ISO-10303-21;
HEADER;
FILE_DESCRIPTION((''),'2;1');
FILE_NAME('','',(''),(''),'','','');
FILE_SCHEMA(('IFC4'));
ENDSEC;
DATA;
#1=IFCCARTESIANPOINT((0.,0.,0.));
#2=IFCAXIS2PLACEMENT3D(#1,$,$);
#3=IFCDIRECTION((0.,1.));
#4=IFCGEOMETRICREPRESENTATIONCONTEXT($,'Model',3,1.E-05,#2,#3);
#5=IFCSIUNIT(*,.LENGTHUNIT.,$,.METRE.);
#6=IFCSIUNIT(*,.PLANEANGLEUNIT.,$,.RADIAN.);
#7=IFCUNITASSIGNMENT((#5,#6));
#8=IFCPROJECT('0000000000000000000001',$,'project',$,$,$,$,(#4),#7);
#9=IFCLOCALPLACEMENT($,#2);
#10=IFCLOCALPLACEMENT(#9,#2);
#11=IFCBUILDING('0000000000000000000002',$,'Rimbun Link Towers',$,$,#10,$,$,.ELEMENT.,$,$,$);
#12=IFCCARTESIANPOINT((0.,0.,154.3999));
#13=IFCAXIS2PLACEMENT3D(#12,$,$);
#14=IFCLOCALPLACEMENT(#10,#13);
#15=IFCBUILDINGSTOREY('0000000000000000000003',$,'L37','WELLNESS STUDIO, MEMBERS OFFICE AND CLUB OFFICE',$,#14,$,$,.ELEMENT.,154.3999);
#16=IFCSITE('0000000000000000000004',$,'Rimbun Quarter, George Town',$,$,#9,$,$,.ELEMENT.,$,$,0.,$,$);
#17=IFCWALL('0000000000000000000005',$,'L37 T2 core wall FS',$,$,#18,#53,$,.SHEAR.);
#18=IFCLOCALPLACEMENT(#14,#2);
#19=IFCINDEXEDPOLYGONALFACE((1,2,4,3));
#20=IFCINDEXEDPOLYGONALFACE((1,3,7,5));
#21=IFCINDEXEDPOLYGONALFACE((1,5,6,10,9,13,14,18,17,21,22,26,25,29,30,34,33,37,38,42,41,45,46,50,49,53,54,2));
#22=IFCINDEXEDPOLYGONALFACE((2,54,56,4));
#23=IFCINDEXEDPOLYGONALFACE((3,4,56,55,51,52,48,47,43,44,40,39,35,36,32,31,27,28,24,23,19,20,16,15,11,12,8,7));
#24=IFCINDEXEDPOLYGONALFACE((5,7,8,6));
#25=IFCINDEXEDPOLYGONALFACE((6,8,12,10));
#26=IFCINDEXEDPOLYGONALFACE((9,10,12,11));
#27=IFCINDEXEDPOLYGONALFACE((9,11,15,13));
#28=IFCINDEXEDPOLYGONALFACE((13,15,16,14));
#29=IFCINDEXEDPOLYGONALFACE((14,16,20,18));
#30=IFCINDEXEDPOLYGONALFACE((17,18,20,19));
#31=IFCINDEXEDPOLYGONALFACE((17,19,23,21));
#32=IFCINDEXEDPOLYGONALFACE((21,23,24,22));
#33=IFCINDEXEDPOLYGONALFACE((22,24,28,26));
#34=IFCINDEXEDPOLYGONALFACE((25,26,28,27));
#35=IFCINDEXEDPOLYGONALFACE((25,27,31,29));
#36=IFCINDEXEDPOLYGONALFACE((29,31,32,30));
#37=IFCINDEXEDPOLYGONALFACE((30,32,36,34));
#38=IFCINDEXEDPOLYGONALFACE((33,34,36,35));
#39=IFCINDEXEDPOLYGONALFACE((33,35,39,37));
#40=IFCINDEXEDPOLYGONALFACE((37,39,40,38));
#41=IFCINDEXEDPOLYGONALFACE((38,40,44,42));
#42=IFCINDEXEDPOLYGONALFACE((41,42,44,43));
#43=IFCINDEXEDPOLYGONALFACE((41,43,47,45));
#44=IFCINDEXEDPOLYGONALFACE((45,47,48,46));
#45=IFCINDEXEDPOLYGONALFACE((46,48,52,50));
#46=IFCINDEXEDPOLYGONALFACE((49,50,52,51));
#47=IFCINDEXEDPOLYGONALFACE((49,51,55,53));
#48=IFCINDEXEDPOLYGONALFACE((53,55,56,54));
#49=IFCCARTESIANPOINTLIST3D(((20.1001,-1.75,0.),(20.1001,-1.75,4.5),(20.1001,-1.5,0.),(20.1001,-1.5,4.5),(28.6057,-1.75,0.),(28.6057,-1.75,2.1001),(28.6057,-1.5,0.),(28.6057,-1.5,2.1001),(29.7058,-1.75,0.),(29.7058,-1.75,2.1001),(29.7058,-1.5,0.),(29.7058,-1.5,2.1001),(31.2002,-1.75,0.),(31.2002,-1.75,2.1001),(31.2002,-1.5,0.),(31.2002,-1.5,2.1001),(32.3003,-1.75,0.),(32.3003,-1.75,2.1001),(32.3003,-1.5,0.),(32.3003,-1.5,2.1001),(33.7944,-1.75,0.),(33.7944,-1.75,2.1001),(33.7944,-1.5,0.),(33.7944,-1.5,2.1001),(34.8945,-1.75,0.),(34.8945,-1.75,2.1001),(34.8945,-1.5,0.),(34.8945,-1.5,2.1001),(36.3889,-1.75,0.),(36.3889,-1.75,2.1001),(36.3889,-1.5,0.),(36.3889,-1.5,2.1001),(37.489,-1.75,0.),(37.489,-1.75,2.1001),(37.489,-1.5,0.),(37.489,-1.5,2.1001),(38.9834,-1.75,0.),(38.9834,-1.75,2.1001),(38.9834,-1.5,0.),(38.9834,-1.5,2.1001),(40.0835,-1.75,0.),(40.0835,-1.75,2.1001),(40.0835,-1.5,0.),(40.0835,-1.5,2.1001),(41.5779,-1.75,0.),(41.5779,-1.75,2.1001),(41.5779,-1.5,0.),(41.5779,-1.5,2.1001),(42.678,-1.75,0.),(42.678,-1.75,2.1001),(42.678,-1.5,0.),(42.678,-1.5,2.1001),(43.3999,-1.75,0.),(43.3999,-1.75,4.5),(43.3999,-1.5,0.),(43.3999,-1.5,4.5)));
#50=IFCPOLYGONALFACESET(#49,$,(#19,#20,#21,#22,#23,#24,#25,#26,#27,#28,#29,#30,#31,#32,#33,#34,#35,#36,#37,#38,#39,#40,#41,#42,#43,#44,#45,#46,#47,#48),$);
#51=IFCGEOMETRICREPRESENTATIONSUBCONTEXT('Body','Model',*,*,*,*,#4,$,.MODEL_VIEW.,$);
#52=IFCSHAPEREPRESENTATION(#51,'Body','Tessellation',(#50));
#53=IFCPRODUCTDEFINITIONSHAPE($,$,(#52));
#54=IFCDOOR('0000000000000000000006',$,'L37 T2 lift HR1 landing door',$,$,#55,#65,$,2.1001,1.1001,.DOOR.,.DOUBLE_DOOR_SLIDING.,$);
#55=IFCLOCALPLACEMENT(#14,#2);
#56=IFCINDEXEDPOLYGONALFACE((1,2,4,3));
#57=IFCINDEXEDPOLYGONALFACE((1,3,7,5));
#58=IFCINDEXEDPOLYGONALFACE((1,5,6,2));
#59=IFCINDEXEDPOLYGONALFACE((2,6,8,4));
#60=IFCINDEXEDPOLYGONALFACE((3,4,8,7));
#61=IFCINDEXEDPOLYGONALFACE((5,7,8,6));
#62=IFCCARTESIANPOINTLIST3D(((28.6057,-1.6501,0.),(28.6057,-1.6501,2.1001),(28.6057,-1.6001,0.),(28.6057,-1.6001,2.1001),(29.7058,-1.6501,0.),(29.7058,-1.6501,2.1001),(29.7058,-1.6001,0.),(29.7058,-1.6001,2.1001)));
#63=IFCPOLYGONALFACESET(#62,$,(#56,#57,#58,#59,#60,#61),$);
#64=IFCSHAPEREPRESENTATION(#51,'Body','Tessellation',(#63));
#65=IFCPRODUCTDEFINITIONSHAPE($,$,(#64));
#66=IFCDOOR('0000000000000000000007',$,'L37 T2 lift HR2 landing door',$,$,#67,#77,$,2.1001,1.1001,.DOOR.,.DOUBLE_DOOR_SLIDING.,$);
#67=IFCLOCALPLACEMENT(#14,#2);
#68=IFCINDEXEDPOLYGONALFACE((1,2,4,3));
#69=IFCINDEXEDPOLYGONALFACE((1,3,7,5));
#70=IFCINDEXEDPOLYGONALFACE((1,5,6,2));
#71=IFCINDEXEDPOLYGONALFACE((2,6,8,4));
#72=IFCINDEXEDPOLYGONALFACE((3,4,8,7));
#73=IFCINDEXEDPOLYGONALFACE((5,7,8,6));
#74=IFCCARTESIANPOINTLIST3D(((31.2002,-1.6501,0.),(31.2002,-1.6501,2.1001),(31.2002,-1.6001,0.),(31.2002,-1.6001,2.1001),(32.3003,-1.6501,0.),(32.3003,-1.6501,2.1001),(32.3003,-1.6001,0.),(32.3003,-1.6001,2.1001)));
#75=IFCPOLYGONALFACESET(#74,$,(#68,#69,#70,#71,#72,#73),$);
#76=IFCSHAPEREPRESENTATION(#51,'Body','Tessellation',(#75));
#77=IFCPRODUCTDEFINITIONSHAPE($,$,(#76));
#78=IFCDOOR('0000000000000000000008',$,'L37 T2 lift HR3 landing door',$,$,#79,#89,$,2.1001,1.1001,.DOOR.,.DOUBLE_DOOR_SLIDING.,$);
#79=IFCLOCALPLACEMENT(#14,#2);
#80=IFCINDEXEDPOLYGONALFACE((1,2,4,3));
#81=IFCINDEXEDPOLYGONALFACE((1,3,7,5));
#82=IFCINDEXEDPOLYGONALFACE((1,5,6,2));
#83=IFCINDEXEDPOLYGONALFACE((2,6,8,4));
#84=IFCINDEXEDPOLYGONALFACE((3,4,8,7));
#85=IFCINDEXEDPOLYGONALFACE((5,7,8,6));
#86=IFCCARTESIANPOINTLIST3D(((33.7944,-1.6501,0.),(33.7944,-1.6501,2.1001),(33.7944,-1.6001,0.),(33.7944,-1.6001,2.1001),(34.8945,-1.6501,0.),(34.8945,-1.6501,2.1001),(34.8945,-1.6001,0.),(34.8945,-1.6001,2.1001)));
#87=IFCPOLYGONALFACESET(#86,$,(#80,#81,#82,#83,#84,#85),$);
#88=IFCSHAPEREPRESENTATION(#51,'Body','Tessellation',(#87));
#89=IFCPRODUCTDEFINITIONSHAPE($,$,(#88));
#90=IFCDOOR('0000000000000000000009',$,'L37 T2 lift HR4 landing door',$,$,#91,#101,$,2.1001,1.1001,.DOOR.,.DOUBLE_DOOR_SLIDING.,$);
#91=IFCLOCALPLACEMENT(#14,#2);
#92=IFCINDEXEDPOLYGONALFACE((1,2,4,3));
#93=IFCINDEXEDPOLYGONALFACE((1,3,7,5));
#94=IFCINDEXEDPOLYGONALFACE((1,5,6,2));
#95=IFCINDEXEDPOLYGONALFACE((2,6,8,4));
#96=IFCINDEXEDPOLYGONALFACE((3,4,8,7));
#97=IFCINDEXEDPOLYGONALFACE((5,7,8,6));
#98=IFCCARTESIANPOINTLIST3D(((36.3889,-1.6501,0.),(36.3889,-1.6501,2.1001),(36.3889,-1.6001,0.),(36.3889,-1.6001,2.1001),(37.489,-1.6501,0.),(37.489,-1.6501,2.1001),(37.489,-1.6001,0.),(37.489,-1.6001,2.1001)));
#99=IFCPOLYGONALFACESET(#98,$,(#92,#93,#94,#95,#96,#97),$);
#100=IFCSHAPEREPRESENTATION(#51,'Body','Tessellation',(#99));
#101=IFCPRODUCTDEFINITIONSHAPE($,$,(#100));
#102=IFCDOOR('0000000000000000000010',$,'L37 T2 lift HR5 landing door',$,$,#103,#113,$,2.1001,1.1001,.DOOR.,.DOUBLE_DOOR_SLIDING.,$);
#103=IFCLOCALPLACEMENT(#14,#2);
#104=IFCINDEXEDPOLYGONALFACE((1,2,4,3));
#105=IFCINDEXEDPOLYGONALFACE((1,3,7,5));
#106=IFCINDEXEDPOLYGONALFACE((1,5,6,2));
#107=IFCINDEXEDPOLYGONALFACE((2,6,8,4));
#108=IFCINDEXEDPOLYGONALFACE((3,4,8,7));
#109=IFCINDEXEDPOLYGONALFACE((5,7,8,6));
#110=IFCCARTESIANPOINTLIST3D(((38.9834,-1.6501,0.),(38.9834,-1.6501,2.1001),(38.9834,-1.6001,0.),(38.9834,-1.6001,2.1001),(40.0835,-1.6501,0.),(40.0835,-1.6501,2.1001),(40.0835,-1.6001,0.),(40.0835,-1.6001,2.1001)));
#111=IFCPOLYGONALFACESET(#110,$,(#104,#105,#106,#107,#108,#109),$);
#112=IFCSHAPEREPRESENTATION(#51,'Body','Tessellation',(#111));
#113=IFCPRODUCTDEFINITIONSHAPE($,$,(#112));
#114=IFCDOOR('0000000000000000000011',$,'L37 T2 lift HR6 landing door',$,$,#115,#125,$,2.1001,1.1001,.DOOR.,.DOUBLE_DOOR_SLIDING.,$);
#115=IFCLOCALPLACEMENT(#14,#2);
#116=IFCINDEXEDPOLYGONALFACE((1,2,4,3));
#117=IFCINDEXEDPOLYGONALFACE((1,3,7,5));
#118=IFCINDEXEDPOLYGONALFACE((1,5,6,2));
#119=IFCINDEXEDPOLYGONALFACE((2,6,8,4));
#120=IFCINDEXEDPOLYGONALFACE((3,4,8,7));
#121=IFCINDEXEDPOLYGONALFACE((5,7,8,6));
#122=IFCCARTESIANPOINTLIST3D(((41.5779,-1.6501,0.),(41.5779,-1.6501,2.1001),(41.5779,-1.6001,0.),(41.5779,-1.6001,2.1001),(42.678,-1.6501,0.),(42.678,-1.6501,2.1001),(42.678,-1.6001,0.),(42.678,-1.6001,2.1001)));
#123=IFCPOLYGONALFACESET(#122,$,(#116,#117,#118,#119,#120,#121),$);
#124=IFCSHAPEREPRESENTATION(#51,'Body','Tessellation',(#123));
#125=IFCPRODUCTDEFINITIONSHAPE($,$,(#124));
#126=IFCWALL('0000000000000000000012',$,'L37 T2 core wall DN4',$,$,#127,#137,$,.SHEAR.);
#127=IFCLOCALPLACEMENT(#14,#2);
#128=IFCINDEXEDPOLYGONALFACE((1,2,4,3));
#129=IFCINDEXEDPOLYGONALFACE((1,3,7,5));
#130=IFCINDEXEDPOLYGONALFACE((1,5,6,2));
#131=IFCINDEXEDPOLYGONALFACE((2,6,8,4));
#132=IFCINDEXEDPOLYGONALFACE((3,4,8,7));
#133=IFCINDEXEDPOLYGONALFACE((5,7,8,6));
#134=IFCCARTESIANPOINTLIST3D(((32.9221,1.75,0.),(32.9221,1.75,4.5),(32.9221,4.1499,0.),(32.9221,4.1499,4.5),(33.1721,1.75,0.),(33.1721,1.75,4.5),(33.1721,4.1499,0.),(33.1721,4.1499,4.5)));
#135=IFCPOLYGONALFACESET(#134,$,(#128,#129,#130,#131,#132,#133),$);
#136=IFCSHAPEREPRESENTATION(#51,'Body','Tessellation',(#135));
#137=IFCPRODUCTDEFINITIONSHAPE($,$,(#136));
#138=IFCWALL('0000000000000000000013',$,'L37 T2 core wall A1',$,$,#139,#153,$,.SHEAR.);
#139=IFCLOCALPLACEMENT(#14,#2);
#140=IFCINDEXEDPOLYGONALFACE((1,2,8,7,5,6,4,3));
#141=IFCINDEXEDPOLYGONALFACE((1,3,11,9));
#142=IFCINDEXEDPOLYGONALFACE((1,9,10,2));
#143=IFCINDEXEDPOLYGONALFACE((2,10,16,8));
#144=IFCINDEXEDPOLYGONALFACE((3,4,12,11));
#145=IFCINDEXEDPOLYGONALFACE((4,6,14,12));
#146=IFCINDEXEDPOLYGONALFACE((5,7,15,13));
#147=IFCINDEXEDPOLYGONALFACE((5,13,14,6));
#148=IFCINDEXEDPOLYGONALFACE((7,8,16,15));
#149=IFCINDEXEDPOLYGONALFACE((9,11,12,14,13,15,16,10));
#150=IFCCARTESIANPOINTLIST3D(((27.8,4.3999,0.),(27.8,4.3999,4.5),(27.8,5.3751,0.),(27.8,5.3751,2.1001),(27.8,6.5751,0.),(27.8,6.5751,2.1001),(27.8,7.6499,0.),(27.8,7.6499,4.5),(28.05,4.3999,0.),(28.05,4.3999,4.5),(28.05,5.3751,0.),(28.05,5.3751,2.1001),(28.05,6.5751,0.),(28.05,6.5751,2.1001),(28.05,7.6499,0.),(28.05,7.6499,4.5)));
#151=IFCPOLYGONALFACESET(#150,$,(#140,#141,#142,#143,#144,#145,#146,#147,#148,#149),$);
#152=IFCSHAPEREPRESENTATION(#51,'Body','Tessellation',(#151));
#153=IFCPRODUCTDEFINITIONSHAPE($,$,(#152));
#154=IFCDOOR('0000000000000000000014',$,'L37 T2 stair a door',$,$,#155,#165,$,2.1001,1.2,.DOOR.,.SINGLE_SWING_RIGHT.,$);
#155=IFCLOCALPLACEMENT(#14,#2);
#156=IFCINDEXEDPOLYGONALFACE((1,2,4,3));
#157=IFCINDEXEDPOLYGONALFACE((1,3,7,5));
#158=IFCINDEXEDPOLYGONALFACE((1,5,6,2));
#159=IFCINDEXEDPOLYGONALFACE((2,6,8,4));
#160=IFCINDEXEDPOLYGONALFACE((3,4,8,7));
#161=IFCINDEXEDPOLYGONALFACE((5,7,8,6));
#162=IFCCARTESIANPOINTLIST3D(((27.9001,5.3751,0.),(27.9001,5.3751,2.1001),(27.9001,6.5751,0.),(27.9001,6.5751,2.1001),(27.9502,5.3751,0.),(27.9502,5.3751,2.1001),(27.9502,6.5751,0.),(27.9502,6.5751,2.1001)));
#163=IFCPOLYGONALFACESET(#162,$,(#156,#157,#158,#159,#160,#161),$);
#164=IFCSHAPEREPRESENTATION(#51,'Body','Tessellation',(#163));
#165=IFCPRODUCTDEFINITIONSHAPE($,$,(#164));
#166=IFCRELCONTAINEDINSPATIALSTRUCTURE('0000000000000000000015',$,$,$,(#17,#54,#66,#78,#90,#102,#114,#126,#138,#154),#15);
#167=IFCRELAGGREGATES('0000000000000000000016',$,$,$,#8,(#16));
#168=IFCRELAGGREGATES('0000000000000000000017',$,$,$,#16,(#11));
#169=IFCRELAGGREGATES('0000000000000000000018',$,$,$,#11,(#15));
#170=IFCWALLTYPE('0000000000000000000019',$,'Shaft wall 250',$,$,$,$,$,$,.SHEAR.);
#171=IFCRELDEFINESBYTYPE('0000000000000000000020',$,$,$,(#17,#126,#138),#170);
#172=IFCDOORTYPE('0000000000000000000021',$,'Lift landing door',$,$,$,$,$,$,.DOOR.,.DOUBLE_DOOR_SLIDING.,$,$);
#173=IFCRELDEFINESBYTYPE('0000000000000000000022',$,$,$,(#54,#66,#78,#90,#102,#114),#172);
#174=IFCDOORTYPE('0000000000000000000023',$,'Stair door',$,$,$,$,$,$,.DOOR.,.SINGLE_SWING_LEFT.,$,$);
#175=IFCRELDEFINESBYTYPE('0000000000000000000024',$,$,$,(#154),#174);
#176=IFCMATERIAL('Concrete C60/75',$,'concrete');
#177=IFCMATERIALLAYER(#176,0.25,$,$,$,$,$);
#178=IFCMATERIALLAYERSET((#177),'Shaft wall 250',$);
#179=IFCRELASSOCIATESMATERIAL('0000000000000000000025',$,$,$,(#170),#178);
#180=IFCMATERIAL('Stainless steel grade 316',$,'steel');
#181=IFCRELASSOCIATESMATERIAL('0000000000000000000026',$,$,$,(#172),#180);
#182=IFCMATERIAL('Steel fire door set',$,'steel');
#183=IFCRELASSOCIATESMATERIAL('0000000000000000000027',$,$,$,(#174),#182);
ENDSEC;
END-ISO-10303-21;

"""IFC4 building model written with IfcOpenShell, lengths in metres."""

from ifc_helpers import new_model, si_unit, direction, frame, frame_2d, origin, place, context, subcontext, project, spatial, rectangle, extrude, material, layer, layer_set, type_object, element, fill, save


model = new_model("IFC4")

# Units and contexts
model_context = context("Model", 3, precision=1e-05, world=origin(), true_north=direction((0.0, 1.0)))
body_context = subcontext(model_context, "Body", "Model", "MODEL_VIEW")
ifc_project = project(units=[si_unit("LENGTHUNIT", "METRE"), si_unit("PLANEANGLEUNIT", "RADIAN")], contexts=[model_context])

# Site, building, storey
site_placement = place(None, origin())
site = spatial("IfcSite", under=ifc_project, at=site_placement, Name="Rimbun Quarter, George Town", CompositionType="ELEMENT", RefElevation=0.0)
building_placement = place(site_placement, origin())
building = spatial("IfcBuilding", under=site, at=building_placement, Name="Rimbun Link Towers", CompositionType="ELEMENT")
storey_placement = place(building_placement, frame((0.0, 0.0, 154.3999)))
storey = spatial("IfcBuildingStorey", under=building, at=storey_placement, Name="L37", Description="WELLNESS STUDIO, MEMBERS OFFICE AND CLUB OFFICE", CompositionType="ELEMENT", Elevation=154.3999)

# Wall, openings, doors
ifc_material_1 = material(Name="Concrete C60/75", Category="concrete")
ifc_layer = layer(ifc_material_1, 0.25)
ifc_layer_set = layer_set([ifc_layer], Name="Shaft wall 250")
wall_type = type_object("IfcWallType", Name="Shaft wall 250", PredefinedType="SHEAR", material=ifc_layer_set)
wall_1_placement = place(storey_placement, frame((20.1001, -1.625, 0.0), z_axis=(0.0, 0.0, 1.0), x_axis=(1.0, 0.0, 0.0)))
wall_1 = element("IfcWall", 1, at=wall_1_placement, inside=storey, type_object=wall_type, Name="L37 T2 core wall FS", PredefinedType="SHEAR", context=body_context, shape_type="SweptSolid", body=[
    extrude(rectangle(XDim=23.2998, YDim=0.25, at=frame_2d((11.6499, 0.0))), origin(), (0.0, 0.0, 1.0), 4.5),
])
opening_1_placement = place(wall_1_placement, frame((8.5056, 0.0, 0.0)))
opening_1 = element("IfcOpeningElement", 2, at=opening_1_placement, cuts=wall_1, PredefinedType="OPENING", context=body_context, shape_type="SweptSolid", body=[
    extrude(rectangle(XDim=1.1001, YDim=2.1001, at=frame_2d((0.55, 1.05))), frame((0.0, 0.135, 0.0), z_axis=(0.0, -1.0, 0.0), x_axis=(1.0, 0.0, 0.0)), (0.0, 0.0, 1.0), 0.27),
])
opening_2_placement = place(wall_1_placement, frame((11.1001, 0.0, 0.0)))
opening_2 = element("IfcOpeningElement", 3, at=opening_2_placement, cuts=wall_1, PredefinedType="OPENING", context=body_context, shape_type="SweptSolid", body=[
    extrude(rectangle(XDim=1.1001, YDim=2.1001, at=frame_2d((0.55, 1.05))), frame((0.0, 0.135, 0.0), z_axis=(0.0, -1.0, 0.0), x_axis=(1.0, 0.0, 0.0)), (0.0, 0.0, 1.0), 0.27),
])
opening_3_placement = place(wall_1_placement, frame((13.6943, 0.0, 0.0)))
opening_3 = element("IfcOpeningElement", 4, at=opening_3_placement, cuts=wall_1, PredefinedType="OPENING", context=body_context, shape_type="SweptSolid", body=[
    extrude(rectangle(XDim=1.1001, YDim=2.1001, at=frame_2d((0.55, 1.05))), frame((0.0, 0.135, 0.0), z_axis=(0.0, -1.0, 0.0), x_axis=(1.0, 0.0, 0.0)), (0.0, 0.0, 1.0), 0.27),
])
opening_4_placement = place(wall_1_placement, frame((16.2888, 0.0, 0.0)))
opening_4 = element("IfcOpeningElement", 5, at=opening_4_placement, cuts=wall_1, PredefinedType="OPENING", context=body_context, shape_type="SweptSolid", body=[
    extrude(rectangle(XDim=1.1001, YDim=2.1001, at=frame_2d((0.55, 1.05))), frame((0.0, 0.135, 0.0), z_axis=(0.0, -1.0, 0.0), x_axis=(1.0, 0.0, 0.0)), (0.0, 0.0, 1.0), 0.27),
])
opening_5_placement = place(wall_1_placement, frame((18.8833, 0.0, 0.0)))
opening_5 = element("IfcOpeningElement", 6, at=opening_5_placement, cuts=wall_1, PredefinedType="OPENING", context=body_context, shape_type="SweptSolid", body=[
    extrude(rectangle(XDim=1.1001, YDim=2.1001, at=frame_2d((0.55, 1.05))), frame((0.0, 0.135, 0.0), z_axis=(0.0, -1.0, 0.0), x_axis=(1.0, 0.0, 0.0)), (0.0, 0.0, 1.0), 0.27),
])
opening_6_placement = place(wall_1_placement, frame((21.4778, 0.0, 0.0)))
opening_6 = element("IfcOpeningElement", 7, at=opening_6_placement, cuts=wall_1, PredefinedType="OPENING", context=body_context, shape_type="SweptSolid", body=[
    extrude(rectangle(XDim=1.1001, YDim=2.1001, at=frame_2d((0.55, 1.05))), frame((0.0, 0.135, 0.0), z_axis=(0.0, -1.0, 0.0), x_axis=(1.0, 0.0, 0.0)), (0.0, 0.0, 1.0), 0.27),
])
ifc_material_2 = material(Name="Stainless steel grade 316", Category="steel")
door_type_1 = type_object("IfcDoorType", Name="Lift landing door", OperationType="DOUBLE_DOOR_SLIDING", PredefinedType="DOOR", material=ifc_material_2)
door_1_placement = place(opening_1_placement, origin())
door_1 = element("IfcDoor", 8, at=door_1_placement, inside=storey, type_object=door_type_1, Name="L37 T2 lift HR1 landing door", OperationType="DOUBLE_DOOR_SLIDING", OverallHeight=2.1001, OverallWidth=1.1001, PredefinedType="DOOR", context=body_context, shape_type="SweptSolid", body=[
    extrude(rectangle(XDim=1.1001, YDim=2.1001, at=frame_2d((0.55, 1.05))), frame((0.0, 0.0249, 0.0), z_axis=(0.0, -1.0, 0.0), x_axis=(1.0, 0.0, 0.0)), (0.0, 0.0, 1.0), 0.05),
])
fill(opening_1, door_1)
door_2_placement = place(opening_2_placement, origin())
door_2 = element("IfcDoor", 9, at=door_2_placement, inside=storey, type_object=door_type_1, Name="L37 T2 lift HR2 landing door", OperationType="DOUBLE_DOOR_SLIDING", OverallHeight=2.1001, OverallWidth=1.1001, PredefinedType="DOOR", context=body_context, shape_type="SweptSolid", body=[
    extrude(rectangle(XDim=1.1001, YDim=2.1001, at=frame_2d((0.55, 1.05))), frame((0.0, 0.0249, 0.0), z_axis=(0.0, -1.0, 0.0), x_axis=(1.0, 0.0, 0.0)), (0.0, 0.0, 1.0), 0.05),
])
fill(opening_2, door_2)
door_3_placement = place(opening_3_placement, origin())
door_3 = element("IfcDoor", 10, at=door_3_placement, inside=storey, type_object=door_type_1, Name="L37 T2 lift HR3 landing door", OperationType="DOUBLE_DOOR_SLIDING", OverallHeight=2.1001, OverallWidth=1.1001, PredefinedType="DOOR", context=body_context, shape_type="SweptSolid", body=[
    extrude(rectangle(XDim=1.1001, YDim=2.1001, at=frame_2d((0.55, 1.05))), frame((0.0, 0.0249, 0.0), z_axis=(0.0, -1.0, 0.0), x_axis=(1.0, 0.0, 0.0)), (0.0, 0.0, 1.0), 0.05),
])
fill(opening_3, door_3)
door_4_placement = place(opening_4_placement, origin())
door_4 = element("IfcDoor", 11, at=door_4_placement, inside=storey, type_object=door_type_1, Name="L37 T2 lift HR4 landing door", OperationType="DOUBLE_DOOR_SLIDING", OverallHeight=2.1001, OverallWidth=1.1001, PredefinedType="DOOR", context=body_context, shape_type="SweptSolid", body=[
    extrude(rectangle(XDim=1.1001, YDim=2.1001, at=frame_2d((0.55, 1.05))), frame((0.0, 0.0249, 0.0), z_axis=(0.0, -1.0, 0.0), x_axis=(1.0, 0.0, 0.0)), (0.0, 0.0, 1.0), 0.05),
])
fill(opening_4, door_4)
door_5_placement = place(opening_5_placement, origin())
door_5 = element("IfcDoor", 12, at=door_5_placement, inside=storey, type_object=door_type_1, Name="L37 T2 lift HR5 landing door", OperationType="DOUBLE_DOOR_SLIDING", OverallHeight=2.1001, OverallWidth=1.1001, PredefinedType="DOOR", context=body_context, shape_type="SweptSolid", body=[
    extrude(rectangle(XDim=1.1001, YDim=2.1001, at=frame_2d((0.55, 1.05))), frame((0.0, 0.0249, 0.0), z_axis=(0.0, -1.0, 0.0), x_axis=(1.0, 0.0, 0.0)), (0.0, 0.0, 1.0), 0.05),
])
fill(opening_5, door_5)
door_6_placement = place(opening_6_placement, origin())
door_6 = element("IfcDoor", 13, at=door_6_placement, inside=storey, type_object=door_type_1, Name="L37 T2 lift HR6 landing door", OperationType="DOUBLE_DOOR_SLIDING", OverallHeight=2.1001, OverallWidth=1.1001, PredefinedType="DOOR", context=body_context, shape_type="SweptSolid", body=[
    extrude(rectangle(XDim=1.1001, YDim=2.1001, at=frame_2d((0.55, 1.05))), frame((0.0, 0.0249, 0.0), z_axis=(0.0, -1.0, 0.0), x_axis=(1.0, 0.0, 0.0)), (0.0, 0.0, 1.0), 0.05),
])
fill(opening_6, door_6)

# Wall
wall_2_placement = place(storey_placement, frame((33.0471, 1.75, 0.0), z_axis=(0.0, 0.0, 1.0), x_axis=(0.0, 1.0, 0.0)))
element("IfcWall", 14, at=wall_2_placement, inside=storey, type_object=wall_type, Name="L37 T2 core wall DN4", PredefinedType="SHEAR", context=body_context, shape_type="SweptSolid", body=[
    extrude(rectangle(XDim=2.3999, YDim=0.25, at=frame_2d((1.2, 0.0))), origin(), (0.0, 0.0, 1.0), 4.5),
])

# Wall, opening, door
wall_3_placement = place(storey_placement, frame((27.925, 4.3999, 0.0), z_axis=(0.0, 0.0, 1.0), x_axis=(0.0, 1.0, 0.0)))
wall_3 = element("IfcWall", 15, at=wall_3_placement, inside=storey, type_object=wall_type, Name="L37 T2 core wall A1", PredefinedType="SHEAR", context=body_context, shape_type="SweptSolid", body=[
    extrude(rectangle(XDim=3.25, YDim=0.25, at=frame_2d((1.625, 0.0))), origin(), (0.0, 0.0, 1.0), 4.5),
])
opening_7_placement = place(wall_3_placement, frame((0.9751, 0.0, 0.0)))
opening_7 = element("IfcOpeningElement", 16, at=opening_7_placement, cuts=wall_3, PredefinedType="OPENING", context=body_context, shape_type="SweptSolid", body=[
    extrude(rectangle(XDim=1.2, YDim=2.1001, at=frame_2d((0.6001, 1.05))), frame((0.0, 0.135, 0.0), z_axis=(0.0, -1.0, 0.0), x_axis=(1.0, 0.0, 0.0)), (0.0, 0.0, 1.0), 0.27),
])
ifc_material_3 = material(Name="Steel fire door set", Category="steel")
door_type_2 = type_object("IfcDoorType", Name="Stair door", OperationType="SINGLE_SWING_LEFT", PredefinedType="DOOR", material=ifc_material_3)
door_7_placement = place(opening_7_placement, origin())
door_7 = element("IfcDoor", 17, at=door_7_placement, inside=storey, type_object=door_type_2, Name="L37 T2 stair a door", OperationType="SINGLE_SWING_RIGHT", OverallHeight=2.1001, OverallWidth=1.2, PredefinedType="DOOR", context=body_context, shape_type="SweptSolid", body=[
    extrude(rectangle(XDim=1.2, YDim=2.1001, at=frame_2d((0.6001, 1.05))), frame((0.0, 0.0249, 0.0), z_axis=(0.0, -1.0, 0.0), x_axis=(1.0, 0.0, 0.0)), (0.0, 0.0, 1.0), 0.05),
])
fill(opening_7, door_7)

save(model, "model.ifc")
